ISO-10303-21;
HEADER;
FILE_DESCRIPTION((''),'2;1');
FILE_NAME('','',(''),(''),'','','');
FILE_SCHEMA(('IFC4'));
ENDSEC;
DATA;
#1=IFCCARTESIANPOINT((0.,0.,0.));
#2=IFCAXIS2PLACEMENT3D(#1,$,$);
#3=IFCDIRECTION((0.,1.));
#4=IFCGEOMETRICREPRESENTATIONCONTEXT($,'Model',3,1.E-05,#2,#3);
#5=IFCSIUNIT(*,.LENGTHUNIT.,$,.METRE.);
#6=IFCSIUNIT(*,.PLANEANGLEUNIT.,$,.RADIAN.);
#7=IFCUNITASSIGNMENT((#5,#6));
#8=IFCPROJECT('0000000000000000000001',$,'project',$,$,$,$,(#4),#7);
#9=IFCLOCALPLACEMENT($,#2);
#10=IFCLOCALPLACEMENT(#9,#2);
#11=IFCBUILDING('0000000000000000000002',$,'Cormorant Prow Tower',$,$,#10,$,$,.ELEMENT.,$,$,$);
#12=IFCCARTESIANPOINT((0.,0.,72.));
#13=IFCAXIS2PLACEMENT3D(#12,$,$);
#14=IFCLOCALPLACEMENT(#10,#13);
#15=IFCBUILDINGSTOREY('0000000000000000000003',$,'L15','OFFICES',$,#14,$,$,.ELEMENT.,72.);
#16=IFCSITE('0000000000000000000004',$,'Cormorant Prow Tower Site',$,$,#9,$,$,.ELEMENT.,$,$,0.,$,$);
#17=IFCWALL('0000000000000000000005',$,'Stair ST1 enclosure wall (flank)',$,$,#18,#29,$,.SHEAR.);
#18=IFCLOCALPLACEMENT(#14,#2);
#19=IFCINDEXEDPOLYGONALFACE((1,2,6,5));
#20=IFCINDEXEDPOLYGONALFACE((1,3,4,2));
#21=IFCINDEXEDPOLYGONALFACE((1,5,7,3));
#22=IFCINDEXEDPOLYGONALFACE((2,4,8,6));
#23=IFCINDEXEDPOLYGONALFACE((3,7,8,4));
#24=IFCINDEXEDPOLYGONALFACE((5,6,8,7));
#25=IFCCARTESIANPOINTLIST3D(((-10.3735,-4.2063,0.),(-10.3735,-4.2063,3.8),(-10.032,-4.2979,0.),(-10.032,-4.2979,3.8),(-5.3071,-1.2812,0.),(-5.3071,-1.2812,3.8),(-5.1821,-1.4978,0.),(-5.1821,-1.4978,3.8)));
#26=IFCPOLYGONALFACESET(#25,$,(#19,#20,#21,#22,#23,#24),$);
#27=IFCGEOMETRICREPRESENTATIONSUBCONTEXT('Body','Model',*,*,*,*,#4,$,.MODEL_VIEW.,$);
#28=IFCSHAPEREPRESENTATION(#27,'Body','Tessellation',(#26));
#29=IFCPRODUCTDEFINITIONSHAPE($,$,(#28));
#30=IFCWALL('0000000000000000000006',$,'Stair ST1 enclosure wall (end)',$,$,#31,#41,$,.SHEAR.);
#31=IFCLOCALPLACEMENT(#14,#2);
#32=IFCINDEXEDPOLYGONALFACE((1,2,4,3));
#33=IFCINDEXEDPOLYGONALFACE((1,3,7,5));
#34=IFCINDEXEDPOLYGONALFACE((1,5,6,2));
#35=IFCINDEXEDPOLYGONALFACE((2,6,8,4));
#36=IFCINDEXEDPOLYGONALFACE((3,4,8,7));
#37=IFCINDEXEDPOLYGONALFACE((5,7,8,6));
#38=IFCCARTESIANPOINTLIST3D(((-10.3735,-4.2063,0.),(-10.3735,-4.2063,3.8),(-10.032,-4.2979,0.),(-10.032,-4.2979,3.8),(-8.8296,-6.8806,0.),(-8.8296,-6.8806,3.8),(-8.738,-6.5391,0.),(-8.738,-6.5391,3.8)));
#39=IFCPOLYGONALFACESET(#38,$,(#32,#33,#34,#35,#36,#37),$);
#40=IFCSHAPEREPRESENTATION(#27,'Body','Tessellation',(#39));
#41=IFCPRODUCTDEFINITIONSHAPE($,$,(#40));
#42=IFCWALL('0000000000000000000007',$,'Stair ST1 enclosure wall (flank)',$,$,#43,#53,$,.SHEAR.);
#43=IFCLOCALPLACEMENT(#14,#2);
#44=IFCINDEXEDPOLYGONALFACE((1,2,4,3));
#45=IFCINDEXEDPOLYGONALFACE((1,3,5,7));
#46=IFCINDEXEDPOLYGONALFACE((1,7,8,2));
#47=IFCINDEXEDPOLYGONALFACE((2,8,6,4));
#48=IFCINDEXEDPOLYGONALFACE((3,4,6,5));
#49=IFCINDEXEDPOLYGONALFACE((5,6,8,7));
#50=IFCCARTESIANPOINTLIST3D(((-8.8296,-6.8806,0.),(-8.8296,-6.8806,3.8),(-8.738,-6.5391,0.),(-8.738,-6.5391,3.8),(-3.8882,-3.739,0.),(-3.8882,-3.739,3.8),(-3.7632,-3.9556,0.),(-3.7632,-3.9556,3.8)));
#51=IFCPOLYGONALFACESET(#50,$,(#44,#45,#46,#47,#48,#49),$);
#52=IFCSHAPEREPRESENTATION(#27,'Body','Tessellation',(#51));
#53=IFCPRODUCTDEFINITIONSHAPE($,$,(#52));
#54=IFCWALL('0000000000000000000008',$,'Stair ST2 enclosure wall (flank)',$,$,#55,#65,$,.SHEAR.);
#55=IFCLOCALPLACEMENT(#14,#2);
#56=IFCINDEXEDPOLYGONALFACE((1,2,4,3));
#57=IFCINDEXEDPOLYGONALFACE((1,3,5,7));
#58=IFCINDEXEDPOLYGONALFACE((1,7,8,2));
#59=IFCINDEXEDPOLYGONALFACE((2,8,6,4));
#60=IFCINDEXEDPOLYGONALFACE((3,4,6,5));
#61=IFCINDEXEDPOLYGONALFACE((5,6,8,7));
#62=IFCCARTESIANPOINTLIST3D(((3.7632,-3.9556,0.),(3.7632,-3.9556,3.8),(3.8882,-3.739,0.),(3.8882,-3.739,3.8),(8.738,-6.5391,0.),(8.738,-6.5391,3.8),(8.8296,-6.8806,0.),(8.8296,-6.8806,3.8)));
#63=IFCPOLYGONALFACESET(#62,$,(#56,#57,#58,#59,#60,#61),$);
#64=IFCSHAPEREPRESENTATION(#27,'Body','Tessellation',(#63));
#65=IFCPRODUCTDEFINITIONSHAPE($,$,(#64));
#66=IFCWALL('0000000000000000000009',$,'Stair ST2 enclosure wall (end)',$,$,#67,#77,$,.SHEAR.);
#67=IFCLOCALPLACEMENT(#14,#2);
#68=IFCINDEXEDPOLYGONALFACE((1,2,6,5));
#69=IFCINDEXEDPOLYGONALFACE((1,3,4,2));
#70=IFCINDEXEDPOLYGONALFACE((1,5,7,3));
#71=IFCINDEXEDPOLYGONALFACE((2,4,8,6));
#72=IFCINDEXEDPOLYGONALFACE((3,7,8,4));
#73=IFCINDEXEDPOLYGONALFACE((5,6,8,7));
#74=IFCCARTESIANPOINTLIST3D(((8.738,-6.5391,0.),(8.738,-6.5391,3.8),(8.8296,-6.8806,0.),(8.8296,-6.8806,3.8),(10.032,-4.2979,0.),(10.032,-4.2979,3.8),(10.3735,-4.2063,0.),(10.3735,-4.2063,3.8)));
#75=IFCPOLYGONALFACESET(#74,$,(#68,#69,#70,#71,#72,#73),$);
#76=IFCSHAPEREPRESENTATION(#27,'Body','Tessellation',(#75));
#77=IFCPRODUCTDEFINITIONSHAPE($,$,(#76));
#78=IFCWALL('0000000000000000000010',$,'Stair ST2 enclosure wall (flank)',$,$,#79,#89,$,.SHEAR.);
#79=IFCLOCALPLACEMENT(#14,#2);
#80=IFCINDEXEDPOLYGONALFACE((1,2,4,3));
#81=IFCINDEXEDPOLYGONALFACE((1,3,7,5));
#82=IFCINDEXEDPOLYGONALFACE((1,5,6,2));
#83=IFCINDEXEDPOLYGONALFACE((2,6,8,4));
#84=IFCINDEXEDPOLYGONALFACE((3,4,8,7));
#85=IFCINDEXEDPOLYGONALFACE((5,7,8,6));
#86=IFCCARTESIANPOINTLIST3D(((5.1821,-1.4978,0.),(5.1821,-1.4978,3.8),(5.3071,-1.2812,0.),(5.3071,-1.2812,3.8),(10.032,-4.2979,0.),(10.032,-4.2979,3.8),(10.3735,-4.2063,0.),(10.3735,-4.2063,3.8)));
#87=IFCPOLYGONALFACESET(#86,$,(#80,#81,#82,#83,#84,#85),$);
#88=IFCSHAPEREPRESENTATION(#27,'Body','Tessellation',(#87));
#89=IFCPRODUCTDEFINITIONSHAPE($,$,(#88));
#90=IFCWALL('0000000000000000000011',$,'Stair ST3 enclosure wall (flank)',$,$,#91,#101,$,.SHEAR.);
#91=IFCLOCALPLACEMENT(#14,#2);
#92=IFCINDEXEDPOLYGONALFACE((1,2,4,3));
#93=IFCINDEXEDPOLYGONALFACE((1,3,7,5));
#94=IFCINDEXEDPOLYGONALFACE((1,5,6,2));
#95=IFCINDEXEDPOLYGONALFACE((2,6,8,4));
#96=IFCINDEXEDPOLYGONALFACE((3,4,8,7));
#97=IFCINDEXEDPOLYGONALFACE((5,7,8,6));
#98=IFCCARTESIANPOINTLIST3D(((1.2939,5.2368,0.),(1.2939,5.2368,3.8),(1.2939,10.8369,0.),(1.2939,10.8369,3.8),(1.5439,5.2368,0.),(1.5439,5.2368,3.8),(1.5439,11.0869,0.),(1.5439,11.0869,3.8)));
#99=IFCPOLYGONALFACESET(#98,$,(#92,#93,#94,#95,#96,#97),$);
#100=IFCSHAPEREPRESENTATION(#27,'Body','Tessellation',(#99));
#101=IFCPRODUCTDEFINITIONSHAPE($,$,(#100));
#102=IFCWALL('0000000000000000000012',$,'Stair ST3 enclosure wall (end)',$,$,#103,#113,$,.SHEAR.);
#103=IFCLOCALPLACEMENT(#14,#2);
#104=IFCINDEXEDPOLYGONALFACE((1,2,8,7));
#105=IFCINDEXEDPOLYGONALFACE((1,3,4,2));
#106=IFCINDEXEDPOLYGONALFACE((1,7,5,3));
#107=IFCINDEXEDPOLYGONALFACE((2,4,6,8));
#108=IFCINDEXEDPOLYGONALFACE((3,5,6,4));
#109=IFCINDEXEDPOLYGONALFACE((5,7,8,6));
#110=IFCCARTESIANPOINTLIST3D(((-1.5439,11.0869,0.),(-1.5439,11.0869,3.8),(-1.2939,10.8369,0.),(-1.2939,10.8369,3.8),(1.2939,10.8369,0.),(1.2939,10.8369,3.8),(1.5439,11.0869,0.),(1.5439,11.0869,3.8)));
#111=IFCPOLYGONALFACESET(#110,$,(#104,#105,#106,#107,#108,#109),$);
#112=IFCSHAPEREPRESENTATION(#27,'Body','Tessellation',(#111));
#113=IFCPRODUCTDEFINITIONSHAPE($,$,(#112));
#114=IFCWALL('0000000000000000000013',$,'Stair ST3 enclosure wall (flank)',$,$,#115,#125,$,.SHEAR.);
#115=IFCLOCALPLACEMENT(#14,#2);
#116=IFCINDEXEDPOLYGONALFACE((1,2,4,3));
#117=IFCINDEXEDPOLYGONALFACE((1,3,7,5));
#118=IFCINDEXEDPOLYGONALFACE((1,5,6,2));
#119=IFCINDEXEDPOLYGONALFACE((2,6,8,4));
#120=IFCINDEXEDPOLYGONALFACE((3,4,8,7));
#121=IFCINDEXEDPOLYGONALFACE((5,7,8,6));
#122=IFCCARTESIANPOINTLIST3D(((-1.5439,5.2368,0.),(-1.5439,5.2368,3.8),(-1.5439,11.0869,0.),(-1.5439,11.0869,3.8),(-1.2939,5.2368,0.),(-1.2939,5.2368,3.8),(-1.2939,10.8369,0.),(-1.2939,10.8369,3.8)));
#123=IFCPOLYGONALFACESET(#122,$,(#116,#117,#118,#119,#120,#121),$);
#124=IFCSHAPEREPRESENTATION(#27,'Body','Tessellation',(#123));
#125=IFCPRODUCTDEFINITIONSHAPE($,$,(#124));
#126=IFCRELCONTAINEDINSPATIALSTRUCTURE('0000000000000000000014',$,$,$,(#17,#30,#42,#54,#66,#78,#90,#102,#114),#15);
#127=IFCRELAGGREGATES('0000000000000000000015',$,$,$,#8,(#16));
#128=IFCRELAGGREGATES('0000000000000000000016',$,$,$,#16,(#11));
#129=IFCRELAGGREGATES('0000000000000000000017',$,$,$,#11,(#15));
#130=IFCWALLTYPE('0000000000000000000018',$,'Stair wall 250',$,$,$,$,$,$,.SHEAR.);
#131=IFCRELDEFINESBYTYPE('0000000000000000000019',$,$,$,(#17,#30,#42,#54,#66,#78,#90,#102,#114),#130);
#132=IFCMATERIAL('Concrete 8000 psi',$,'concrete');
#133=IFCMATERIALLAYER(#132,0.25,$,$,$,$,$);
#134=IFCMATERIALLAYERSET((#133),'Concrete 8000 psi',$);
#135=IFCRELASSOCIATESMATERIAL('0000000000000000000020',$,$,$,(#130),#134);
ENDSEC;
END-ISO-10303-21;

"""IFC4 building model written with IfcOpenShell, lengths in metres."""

from ifc_helpers import new_model, si_unit, direction, frame, origin, place, context, subcontext, project, spatial, polyline, outline, extrude, material, layer, layer_set, type_object, element, save


model = new_model("IFC4")

# Units and contexts
model_context = context("Model", 3, precision=1e-05, world=origin(), true_north=direction((0.0, 1.0)))
body_context = subcontext(model_context, "Body", "Model", "MODEL_VIEW")
ifc_project = project(units=[si_unit("LENGTHUNIT", "METRE"), si_unit("PLANEANGLEUNIT", "RADIAN")], contexts=[model_context])

# Site, building, storey
site_placement = place(None, origin())
site = spatial("IfcSite", under=ifc_project, at=site_placement, Name="Cormorant Prow Tower Site", CompositionType="ELEMENT", RefElevation=0.0)
building_placement = place(site_placement, origin())
building = spatial("IfcBuilding", under=site, at=building_placement, Name="Cormorant Prow Tower", CompositionType="ELEMENT")
storey_placement = place(building_placement, frame((0.0, 0.0, 72.0)))
storey = spatial("IfcBuildingStorey", under=building, at=storey_placement, Name="L15", Description="OFFICES", CompositionType="ELEMENT", Elevation=72.0)

# Walls
ifc_material_1 = material(Name="Concrete 8000 psi", Category="concrete")
ifc_layer_1 = layer(ifc_material_1, 0.25)
ifc_layer_set_1 = layer_set([ifc_layer_1], Name="Concrete 8000 psi")
wall_type_1 = type_object("IfcWallType", Name="Stair wall 250", PredefinedType="SHEAR", material=ifc_layer_set_1)
wall_1_placement = place(storey_placement, origin())
element("IfcWall", 1, at=wall_1_placement, inside=storey, type_object=wall_type_1, Name="Stair ST1 enclosure wall (flank)", PredefinedType="SHEAR", context=body_context, shape_type="SweptSolid", body=[
    extrude(outline(polyline([(-5.3071, -1.2812), (-10.3735, -4.2063), (-10.032, -4.2979), (-5.1821, -1.4978), (-5.3071, -1.2812)])), origin(), (0.0, 0.0, 1.0), 3.8),
])
wall_2_placement = place(storey_placement, origin())
element("IfcWall", 2, at=wall_2_placement, inside=storey, type_object=wall_type_1, Name="Stair ST1 enclosure wall (end)", PredefinedType="SHEAR", context=body_context, shape_type="SweptSolid", body=[
    extrude(outline(polyline([(-10.3735, -4.2063), (-8.8296, -6.8806), (-8.738, -6.5391), (-10.032, -4.2979), (-10.3735, -4.2063)])), origin(), (0.0, 0.0, 1.0), 3.8),
])
wall_3_placement = place(storey_placement, origin())
element("IfcWall", 3, at=wall_3_placement, inside=storey, type_object=wall_type_1, Name="Stair ST1 enclosure wall (flank)", PredefinedType="SHEAR", context=body_context, shape_type="SweptSolid", body=[
    extrude(outline(polyline([(-8.738, -6.5391), (-8.8296, -6.8806), (-3.7632, -3.9556), (-3.8882, -3.739), (-8.738, -6.5391)])), origin(), (0.0, 0.0, 1.0), 3.8),
])
wall_4_placement = place(storey_placement, origin())
element("IfcWall", 4, at=wall_4_placement, inside=storey, type_object=wall_type_1, Name="Stair ST2 enclosure wall (flank)", PredefinedType="SHEAR", context=body_context, shape_type="SweptSolid", body=[
    extrude(outline(polyline([(3.7632, -3.9556), (8.8296, -6.8806), (8.738, -6.5391), (3.8882, -3.739), (3.7632, -3.9556)])), origin(), (0.0, 0.0, 1.0), 3.8),
])
wall_5_placement = place(storey_placement, origin())
element("IfcWall", 5, at=wall_5_placement, inside=storey, type_object=wall_type_1, Name="Stair ST2 enclosure wall (end)", PredefinedType="SHEAR", context=body_context, shape_type="SweptSolid", body=[
    extrude(outline(polyline([(8.8296, -6.8806), (10.3735, -4.2063), (10.032, -4.2979), (8.738, -6.5391), (8.8296, -6.8806)])), origin(), (0.0, 0.0, 1.0), 3.8),
])
wall_6_placement = place(storey_placement, origin())
element("IfcWall", 6, at=wall_6_placement, inside=storey, type_object=wall_type_1, Name="Stair ST2 enclosure wall (flank)", PredefinedType="SHEAR", context=body_context, shape_type="SweptSolid", body=[
    extrude(outline(polyline([(10.032, -4.2979), (10.3735, -4.2063), (5.3071, -1.2812), (5.1821, -1.4978), (10.032, -4.2979)])), origin(), (0.0, 0.0, 1.0), 3.8),
])
wall_7_placement = place(storey_placement, origin())
element("IfcWall", 7, at=wall_7_placement, inside=storey, type_object=wall_type_1, Name="Stair ST3 enclosure wall (flank)", PredefinedType="SHEAR", context=body_context, shape_type="SweptSolid", body=[
    extrude(outline(polyline([(1.5439, 5.2368), (1.5439, 11.0869), (1.2939, 10.8369), (1.2939, 5.2368), (1.5439, 5.2368)])), origin(), (0.0, 0.0, 1.0), 3.8),
])
wall_8_placement = place(storey_placement, origin())
element("IfcWall", 8, at=wall_8_placement, inside=storey, type_object=wall_type_1, Name="Stair ST3 enclosure wall (end)", PredefinedType="SHEAR", context=body_context, shape_type="SweptSolid", body=[
    extrude(outline(polyline([(1.5439, 11.0869), (-1.5439, 11.0869), (-1.2939, 10.8369), (1.2939, 10.8369), (1.5439, 11.0869)])), origin(), (0.0, 0.0, 1.0), 3.8),
])
wall_9_placement = place(storey_placement, origin())
element("IfcWall", 9, at=wall_9_placement, inside=storey, type_object=wall_type_1, Name="Stair ST3 enclosure wall (flank)", PredefinedType="SHEAR", context=body_context, shape_type="SweptSolid", body=[
    extrude(outline(polyline([(-1.2939, 10.8369), (-1.5439, 11.0869), (-1.5439, 5.2368), (-1.2939, 5.2368), (-1.2939, 10.8369)])), origin(), (0.0, 0.0, 1.0), 3.8),
])

save(model, "model.ifc")
